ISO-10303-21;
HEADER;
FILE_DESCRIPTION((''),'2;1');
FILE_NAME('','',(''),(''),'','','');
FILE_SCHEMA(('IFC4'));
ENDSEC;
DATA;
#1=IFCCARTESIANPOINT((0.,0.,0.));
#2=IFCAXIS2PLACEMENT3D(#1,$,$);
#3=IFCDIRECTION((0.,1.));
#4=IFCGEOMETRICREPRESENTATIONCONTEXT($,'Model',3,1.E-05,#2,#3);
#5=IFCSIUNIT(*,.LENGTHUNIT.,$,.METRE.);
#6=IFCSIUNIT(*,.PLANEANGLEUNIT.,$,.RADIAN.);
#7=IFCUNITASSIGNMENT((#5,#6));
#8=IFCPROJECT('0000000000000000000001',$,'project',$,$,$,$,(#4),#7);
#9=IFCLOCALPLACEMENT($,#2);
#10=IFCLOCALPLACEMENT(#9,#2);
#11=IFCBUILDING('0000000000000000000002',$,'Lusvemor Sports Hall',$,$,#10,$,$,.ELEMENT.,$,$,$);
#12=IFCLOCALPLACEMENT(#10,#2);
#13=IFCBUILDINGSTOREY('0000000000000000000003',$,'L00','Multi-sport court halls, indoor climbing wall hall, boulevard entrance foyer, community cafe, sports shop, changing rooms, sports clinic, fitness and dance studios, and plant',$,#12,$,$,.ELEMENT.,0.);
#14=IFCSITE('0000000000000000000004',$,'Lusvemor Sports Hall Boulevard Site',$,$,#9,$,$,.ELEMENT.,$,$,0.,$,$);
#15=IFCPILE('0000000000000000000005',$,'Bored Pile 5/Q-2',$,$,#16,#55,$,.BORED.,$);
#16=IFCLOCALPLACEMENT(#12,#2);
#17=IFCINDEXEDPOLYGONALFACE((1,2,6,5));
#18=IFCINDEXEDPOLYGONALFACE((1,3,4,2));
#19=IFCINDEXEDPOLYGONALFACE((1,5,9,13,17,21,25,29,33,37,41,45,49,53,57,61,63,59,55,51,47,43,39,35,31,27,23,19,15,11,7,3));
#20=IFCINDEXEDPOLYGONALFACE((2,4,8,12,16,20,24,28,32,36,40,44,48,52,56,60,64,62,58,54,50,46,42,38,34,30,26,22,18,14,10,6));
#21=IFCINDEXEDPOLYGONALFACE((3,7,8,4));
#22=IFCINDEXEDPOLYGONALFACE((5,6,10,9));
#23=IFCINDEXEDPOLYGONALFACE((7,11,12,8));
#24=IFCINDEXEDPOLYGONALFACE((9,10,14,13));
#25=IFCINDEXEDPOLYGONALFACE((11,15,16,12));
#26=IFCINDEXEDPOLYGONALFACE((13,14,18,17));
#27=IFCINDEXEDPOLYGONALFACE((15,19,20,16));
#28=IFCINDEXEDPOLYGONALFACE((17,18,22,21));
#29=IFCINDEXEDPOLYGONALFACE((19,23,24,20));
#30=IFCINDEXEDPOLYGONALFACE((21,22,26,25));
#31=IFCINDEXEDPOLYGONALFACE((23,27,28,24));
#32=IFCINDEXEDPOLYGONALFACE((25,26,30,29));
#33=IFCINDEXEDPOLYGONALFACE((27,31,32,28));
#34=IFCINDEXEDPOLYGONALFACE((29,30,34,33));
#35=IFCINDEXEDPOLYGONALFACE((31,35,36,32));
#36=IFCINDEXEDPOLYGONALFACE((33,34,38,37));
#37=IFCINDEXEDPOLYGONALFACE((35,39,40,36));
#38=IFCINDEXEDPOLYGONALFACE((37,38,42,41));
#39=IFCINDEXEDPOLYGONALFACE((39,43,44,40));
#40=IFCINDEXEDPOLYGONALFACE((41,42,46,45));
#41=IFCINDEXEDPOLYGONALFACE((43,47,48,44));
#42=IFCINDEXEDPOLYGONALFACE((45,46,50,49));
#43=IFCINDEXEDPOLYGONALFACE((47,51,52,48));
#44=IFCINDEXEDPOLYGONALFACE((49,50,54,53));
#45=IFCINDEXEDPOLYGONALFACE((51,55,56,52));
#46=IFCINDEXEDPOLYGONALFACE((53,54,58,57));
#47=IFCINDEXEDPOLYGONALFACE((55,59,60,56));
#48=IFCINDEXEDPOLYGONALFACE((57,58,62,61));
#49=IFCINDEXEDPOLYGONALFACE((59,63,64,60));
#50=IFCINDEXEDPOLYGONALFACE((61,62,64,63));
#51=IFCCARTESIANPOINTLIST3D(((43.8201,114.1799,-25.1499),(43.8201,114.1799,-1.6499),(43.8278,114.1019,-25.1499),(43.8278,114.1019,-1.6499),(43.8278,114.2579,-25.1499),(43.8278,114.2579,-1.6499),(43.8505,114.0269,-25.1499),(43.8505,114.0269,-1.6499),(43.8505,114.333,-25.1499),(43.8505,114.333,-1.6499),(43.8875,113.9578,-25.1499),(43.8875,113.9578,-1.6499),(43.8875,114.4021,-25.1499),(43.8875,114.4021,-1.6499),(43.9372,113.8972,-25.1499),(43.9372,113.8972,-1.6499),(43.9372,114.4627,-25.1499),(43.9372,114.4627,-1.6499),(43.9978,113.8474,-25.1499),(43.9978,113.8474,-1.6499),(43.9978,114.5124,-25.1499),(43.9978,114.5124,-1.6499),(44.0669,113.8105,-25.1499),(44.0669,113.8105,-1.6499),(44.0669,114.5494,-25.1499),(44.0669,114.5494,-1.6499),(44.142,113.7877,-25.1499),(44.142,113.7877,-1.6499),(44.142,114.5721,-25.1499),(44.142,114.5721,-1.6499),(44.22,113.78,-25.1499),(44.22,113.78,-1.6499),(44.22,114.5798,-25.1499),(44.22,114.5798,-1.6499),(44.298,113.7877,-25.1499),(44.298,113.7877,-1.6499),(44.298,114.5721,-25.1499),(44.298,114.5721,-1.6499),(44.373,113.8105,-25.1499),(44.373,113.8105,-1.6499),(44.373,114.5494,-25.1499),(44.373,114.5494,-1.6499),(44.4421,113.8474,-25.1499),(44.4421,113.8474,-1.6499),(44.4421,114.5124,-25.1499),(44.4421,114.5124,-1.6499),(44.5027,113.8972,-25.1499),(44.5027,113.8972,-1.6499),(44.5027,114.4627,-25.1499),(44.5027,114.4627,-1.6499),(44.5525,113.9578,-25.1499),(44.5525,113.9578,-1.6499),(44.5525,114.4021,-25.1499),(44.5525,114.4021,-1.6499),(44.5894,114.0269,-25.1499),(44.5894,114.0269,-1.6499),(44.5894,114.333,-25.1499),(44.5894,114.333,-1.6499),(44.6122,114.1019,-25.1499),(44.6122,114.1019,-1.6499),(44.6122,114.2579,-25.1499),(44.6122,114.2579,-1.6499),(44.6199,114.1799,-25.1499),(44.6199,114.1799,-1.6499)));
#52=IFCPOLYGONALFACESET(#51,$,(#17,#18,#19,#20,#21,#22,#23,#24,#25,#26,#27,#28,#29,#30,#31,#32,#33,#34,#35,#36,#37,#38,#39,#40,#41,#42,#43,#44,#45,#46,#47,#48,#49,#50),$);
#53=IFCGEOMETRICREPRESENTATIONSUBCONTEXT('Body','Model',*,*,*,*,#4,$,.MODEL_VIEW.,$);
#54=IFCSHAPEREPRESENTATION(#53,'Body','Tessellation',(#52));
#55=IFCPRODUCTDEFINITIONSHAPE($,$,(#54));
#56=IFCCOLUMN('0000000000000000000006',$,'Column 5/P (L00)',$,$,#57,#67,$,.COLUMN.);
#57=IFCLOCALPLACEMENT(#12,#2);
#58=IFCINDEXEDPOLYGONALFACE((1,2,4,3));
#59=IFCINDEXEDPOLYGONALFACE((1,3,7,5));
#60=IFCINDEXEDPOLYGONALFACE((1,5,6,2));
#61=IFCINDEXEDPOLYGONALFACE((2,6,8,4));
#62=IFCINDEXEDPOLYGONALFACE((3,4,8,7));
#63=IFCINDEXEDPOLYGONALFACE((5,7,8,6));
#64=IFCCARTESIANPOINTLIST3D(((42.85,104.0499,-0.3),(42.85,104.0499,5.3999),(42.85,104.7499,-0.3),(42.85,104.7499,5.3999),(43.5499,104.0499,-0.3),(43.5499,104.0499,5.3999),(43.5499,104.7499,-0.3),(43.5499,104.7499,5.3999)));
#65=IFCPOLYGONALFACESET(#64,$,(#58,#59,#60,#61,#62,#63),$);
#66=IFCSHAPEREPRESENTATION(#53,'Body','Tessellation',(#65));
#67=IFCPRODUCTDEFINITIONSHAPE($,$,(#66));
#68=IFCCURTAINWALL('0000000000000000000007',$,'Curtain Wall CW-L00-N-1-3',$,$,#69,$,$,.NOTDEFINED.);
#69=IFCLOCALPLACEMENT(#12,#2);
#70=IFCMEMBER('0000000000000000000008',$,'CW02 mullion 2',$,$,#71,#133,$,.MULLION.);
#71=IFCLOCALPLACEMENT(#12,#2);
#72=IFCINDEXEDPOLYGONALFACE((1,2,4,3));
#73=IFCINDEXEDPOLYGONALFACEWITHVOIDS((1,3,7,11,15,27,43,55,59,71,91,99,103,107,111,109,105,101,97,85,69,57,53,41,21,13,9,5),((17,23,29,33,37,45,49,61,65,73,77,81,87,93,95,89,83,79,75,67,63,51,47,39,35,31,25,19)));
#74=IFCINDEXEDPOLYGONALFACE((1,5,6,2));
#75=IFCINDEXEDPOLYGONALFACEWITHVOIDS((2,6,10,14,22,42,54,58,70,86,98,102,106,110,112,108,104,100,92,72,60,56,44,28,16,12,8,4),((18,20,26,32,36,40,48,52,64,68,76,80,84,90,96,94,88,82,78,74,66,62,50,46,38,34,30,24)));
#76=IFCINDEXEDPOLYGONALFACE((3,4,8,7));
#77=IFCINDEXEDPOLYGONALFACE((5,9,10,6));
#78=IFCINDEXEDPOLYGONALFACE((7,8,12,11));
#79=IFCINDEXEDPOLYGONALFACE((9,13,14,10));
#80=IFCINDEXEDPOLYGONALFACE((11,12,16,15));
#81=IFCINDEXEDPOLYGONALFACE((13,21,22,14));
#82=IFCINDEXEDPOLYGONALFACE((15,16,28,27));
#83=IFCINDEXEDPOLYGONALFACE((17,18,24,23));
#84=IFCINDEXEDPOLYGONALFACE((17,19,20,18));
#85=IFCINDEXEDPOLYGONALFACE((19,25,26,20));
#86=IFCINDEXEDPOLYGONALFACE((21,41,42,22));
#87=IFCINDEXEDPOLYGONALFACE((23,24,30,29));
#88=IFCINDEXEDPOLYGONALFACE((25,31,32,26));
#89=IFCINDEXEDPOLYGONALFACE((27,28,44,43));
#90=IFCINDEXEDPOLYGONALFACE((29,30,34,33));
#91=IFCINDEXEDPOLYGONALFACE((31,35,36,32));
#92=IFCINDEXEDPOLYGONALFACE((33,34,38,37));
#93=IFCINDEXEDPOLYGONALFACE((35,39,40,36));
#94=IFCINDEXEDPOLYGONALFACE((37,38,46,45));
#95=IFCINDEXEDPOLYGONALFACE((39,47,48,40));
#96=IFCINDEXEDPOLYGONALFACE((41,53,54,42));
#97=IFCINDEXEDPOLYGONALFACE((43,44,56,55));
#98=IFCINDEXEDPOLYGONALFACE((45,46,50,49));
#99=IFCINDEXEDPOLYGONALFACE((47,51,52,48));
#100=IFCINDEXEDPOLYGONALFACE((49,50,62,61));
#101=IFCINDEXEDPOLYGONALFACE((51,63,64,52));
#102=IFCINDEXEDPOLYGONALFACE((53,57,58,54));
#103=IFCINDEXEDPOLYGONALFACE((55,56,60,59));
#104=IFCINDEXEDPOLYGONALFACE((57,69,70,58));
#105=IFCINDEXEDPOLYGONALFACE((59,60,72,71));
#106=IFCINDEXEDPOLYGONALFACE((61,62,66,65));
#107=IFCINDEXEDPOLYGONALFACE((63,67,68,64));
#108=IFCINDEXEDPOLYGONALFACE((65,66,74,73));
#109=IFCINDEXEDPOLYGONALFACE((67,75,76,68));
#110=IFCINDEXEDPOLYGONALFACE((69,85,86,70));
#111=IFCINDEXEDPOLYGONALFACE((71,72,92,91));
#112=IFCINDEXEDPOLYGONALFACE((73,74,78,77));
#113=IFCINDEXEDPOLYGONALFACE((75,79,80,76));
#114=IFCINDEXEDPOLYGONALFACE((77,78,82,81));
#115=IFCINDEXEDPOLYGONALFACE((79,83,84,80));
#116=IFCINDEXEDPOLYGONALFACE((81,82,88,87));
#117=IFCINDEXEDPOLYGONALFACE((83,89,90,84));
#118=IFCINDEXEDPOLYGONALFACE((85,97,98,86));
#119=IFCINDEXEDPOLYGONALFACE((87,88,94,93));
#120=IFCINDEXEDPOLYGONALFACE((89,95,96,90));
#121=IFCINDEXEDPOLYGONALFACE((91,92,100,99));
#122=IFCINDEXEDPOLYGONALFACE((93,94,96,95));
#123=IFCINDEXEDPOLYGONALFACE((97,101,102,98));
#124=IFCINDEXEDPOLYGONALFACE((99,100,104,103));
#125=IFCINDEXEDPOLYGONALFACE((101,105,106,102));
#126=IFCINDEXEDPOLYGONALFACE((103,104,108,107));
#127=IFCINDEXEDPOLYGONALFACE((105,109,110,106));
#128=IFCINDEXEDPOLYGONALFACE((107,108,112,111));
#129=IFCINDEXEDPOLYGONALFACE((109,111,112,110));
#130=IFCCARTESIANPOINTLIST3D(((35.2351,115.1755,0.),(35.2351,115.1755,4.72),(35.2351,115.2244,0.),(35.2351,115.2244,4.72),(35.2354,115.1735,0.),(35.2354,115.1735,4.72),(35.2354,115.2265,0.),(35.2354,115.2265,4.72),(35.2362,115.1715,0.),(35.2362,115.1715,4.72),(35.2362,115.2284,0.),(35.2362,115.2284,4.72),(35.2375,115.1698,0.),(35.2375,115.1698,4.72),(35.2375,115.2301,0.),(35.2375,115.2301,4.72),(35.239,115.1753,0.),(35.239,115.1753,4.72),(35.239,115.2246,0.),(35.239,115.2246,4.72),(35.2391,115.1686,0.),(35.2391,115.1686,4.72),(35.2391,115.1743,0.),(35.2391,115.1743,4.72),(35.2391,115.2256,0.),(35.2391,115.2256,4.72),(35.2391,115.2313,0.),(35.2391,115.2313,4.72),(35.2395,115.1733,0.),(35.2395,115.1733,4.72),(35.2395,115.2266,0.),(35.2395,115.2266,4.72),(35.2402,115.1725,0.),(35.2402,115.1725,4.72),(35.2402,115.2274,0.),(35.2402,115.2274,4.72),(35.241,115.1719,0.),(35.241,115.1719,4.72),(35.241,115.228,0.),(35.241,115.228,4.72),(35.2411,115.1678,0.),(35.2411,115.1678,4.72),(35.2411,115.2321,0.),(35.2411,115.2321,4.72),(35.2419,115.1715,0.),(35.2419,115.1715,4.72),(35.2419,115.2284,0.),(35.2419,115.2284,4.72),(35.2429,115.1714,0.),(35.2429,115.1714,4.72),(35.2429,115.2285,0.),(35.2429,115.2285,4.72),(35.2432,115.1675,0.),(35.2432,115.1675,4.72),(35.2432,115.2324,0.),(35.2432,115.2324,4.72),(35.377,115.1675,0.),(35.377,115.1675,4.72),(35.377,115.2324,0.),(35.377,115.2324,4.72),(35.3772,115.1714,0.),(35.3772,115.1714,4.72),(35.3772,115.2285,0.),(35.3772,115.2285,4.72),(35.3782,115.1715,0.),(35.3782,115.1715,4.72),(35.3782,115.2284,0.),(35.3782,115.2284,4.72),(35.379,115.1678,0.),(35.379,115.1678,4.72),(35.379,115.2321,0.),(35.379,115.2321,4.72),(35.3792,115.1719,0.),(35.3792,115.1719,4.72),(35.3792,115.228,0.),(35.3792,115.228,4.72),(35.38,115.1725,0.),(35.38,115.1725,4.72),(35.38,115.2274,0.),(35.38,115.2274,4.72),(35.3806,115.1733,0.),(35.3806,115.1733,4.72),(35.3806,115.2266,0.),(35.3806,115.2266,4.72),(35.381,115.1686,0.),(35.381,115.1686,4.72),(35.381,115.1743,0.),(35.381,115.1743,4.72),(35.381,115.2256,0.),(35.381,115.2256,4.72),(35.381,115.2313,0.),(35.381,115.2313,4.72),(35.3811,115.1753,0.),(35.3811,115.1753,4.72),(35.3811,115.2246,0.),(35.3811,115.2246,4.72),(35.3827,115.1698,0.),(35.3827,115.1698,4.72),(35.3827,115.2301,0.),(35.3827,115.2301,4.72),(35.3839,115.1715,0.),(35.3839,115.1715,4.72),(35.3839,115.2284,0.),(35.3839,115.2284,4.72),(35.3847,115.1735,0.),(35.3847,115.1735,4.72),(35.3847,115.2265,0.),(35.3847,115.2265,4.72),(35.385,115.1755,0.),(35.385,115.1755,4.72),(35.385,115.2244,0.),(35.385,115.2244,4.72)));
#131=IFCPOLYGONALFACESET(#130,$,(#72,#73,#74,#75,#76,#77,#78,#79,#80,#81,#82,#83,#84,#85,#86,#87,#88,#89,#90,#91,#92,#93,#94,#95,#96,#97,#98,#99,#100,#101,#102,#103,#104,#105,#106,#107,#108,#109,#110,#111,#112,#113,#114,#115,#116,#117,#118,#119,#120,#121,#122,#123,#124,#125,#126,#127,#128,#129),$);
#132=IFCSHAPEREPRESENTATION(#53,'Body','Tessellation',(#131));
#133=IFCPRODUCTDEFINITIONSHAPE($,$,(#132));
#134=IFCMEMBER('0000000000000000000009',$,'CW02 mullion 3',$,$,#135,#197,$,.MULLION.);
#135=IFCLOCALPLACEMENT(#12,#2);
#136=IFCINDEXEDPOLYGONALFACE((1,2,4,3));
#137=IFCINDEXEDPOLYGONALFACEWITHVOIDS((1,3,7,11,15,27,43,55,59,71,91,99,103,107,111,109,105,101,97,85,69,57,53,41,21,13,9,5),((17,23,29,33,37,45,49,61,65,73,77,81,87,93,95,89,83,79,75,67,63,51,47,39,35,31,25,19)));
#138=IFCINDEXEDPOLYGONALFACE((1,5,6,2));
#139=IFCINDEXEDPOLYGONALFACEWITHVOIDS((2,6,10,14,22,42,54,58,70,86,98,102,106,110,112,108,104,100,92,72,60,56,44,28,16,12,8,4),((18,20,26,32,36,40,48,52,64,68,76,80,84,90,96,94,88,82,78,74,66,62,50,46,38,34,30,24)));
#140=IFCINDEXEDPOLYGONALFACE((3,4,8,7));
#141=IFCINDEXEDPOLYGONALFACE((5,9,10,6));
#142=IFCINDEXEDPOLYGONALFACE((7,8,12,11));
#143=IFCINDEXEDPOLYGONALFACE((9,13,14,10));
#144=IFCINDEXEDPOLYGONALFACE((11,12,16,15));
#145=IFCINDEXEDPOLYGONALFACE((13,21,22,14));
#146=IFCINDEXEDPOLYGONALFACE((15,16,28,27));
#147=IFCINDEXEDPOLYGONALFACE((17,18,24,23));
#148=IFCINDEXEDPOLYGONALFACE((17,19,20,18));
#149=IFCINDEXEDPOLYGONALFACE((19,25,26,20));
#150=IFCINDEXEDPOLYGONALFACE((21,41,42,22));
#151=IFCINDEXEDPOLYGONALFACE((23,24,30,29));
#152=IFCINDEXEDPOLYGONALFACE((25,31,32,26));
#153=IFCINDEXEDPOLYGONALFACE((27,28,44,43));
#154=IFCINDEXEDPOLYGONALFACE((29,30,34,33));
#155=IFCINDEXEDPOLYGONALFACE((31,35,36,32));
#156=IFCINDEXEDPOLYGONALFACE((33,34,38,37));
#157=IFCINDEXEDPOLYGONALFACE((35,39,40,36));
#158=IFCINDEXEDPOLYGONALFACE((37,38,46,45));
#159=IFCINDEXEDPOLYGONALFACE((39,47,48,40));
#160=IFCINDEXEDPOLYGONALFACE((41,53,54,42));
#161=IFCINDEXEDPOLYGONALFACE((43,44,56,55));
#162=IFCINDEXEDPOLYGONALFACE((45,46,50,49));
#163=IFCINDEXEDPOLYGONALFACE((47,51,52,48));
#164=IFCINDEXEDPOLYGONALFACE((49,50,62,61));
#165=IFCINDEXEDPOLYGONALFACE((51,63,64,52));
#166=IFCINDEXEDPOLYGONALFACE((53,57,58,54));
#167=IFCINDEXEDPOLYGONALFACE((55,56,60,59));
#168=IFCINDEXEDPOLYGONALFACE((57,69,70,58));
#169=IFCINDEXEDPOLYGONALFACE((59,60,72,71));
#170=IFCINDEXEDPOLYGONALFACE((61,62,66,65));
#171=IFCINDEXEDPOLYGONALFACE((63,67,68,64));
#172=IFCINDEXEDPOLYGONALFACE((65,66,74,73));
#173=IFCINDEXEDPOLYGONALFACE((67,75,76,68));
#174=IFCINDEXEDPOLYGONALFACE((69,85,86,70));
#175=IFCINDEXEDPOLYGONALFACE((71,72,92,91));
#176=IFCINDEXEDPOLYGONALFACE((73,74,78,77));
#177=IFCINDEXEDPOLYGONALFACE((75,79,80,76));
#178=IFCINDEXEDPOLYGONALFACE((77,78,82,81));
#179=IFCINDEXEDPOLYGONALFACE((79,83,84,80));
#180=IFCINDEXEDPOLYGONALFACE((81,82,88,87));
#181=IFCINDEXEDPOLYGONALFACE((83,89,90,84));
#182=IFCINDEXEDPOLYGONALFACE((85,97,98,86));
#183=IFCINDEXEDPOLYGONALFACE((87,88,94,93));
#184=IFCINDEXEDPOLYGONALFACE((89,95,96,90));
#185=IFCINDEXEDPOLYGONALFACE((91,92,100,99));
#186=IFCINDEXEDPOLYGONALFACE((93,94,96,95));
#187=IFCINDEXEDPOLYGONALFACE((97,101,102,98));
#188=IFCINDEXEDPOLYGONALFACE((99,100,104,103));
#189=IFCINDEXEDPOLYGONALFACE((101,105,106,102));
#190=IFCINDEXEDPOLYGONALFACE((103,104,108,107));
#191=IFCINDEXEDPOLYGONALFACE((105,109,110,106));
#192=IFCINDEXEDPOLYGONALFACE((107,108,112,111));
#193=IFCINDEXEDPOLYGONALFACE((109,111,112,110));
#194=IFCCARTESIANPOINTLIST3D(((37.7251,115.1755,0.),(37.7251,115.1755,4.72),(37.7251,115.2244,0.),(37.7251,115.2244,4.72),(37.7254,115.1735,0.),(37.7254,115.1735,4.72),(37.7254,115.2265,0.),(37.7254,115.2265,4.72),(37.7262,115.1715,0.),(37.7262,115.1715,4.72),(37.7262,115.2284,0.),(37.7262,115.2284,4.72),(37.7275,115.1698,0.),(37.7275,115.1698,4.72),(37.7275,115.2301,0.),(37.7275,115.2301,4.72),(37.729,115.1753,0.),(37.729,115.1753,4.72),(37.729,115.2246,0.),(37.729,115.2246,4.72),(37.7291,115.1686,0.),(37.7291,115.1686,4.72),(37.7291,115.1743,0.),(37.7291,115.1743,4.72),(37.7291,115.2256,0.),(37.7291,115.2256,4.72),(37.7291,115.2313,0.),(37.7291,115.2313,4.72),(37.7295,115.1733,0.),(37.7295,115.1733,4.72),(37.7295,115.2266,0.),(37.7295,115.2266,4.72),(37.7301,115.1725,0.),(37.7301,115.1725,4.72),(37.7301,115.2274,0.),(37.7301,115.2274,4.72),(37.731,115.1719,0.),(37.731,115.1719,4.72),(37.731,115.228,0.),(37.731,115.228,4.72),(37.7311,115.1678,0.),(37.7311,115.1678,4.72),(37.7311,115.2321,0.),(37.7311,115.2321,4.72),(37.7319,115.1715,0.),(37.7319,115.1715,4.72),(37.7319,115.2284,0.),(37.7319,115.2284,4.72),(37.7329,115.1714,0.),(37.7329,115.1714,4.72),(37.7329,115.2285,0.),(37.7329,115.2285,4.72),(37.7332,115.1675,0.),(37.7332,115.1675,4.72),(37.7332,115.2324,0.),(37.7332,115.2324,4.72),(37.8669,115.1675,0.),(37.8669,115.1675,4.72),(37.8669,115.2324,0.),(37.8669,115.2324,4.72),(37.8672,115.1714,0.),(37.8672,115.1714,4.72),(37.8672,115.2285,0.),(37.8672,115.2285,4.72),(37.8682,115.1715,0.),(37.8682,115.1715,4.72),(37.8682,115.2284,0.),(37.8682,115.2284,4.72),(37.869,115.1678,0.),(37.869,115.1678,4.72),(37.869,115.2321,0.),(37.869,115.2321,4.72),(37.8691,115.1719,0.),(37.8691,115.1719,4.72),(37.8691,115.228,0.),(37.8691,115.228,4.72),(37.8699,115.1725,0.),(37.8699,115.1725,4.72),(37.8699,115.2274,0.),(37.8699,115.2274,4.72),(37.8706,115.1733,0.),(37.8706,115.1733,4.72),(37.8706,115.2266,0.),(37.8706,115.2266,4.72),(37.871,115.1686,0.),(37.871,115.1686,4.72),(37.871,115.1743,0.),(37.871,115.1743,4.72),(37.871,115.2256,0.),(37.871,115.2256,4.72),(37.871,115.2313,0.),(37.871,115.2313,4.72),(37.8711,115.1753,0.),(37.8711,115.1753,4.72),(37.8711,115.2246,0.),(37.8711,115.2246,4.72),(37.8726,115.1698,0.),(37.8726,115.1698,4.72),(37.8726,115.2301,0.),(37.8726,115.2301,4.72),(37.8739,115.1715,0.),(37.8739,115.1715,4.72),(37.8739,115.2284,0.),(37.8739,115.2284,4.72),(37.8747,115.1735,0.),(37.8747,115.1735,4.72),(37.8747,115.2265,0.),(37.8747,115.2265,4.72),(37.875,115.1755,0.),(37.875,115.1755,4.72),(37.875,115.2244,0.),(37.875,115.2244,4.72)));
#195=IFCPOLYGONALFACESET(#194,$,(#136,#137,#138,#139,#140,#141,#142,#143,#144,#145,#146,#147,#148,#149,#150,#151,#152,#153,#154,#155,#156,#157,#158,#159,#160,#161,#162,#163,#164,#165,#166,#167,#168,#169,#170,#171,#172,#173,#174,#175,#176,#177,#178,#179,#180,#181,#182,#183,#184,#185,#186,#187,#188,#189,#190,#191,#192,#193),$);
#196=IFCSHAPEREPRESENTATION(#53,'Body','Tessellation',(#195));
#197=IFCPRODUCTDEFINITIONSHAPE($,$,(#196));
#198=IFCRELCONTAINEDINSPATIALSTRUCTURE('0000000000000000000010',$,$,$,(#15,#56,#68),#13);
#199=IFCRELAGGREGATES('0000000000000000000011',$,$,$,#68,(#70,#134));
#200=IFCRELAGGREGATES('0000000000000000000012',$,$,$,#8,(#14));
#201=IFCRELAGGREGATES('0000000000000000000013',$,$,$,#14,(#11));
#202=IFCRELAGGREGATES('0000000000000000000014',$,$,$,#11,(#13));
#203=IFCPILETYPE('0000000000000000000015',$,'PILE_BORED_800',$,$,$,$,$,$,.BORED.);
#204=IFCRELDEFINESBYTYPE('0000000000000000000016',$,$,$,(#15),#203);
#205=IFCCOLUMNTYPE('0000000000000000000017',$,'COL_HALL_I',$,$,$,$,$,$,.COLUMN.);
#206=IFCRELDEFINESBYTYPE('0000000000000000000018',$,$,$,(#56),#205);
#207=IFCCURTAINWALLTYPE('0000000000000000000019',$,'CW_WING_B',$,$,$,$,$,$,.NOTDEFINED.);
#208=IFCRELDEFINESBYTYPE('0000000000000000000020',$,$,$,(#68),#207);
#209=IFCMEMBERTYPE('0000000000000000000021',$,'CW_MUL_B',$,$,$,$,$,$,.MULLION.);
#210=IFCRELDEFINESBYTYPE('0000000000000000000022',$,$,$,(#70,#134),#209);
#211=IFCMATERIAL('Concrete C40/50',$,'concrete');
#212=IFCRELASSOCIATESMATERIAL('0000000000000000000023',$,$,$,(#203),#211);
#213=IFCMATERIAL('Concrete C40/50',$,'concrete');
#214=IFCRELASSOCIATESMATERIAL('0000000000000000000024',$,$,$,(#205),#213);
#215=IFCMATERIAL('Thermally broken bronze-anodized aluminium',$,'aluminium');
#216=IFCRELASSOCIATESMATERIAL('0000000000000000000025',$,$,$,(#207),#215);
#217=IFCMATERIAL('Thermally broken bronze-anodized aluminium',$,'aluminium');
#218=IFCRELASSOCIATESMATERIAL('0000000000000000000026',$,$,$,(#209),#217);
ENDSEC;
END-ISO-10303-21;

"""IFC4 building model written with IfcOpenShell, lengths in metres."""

from ifc_helpers import new_model, si_unit, direction, frame, origin, origin_2d, place, context, subcontext, project, spatial, rectangle, hollow_rectangle, circle, extrude, material, material_profile, profile_set, type_object, element, aggregate, save


model = new_model("IFC4")

# Units and contexts
model_context = context("Model", 3, precision=1e-05, world=origin(), true_north=direction((0.0, 1.0)))
body_context = subcontext(model_context, "Body", "Model", "MODEL_VIEW")
ifc_project = project(units=[si_unit("LENGTHUNIT", "METRE"), si_unit("PLANEANGLEUNIT", "RADIAN")], contexts=[model_context])

# Site, building, storey
site_placement = place(None, origin())
site = spatial("IfcSite", under=ifc_project, at=site_placement, Name="Lusvemor Sports Hall Boulevard Site", CompositionType="ELEMENT", RefElevation=0.0)
building_placement = place(site_placement, origin())
building = spatial("IfcBuilding", under=site, at=building_placement, Name="Lusvemor Sports Hall", CompositionType="ELEMENT")
storey_placement = place(building_placement, origin())
storey = spatial("IfcBuildingStorey", under=building, at=storey_placement, Name="L00", Description="Multi-sport court halls, indoor climbing wall hall, boulevard entrance foyer, community cafe, sports shop, changing rooms, sports clinic, fitness and dance studios, and plant", CompositionType="ELEMENT", Elevation=0.0)

# Pile
ifc_material_1 = material(Name="Concrete C40/50", Category="concrete")
ifc_material_profile_1 = material_profile(ifc_material_1, circle(Radius=0.3999, at=origin_2d()), Name="PILE800")
ifc_profile_set_1 = profile_set([ifc_material_profile_1], Name="Concrete C40/50")
pile_type = type_object("IfcPileType", Name="PILE_BORED_800", PredefinedType="BORED", material=ifc_profile_set_1)
for number, where, z_axis, x_axis, name in (
    (1, (44.22, 114.1799, -1.6499), (0.0, 0.0, -1.0), (1.0, 0.0, 0.0), "Bored Pile 5/Q-2"),
):
    element("IfcPile", number, at=place(storey_placement, frame(where, z_axis=z_axis, x_axis=x_axis)), inside=storey, type_object=pile_type, Name=name, PredefinedType="BORED", context=body_context, shape_type="SweptSolid", body=[
        extrude(circle(Radius=0.3999, at=origin_2d()), origin(), (0.0, 0.0, 1.0), 23.5),
    ])

# Column
ifc_material_2 = material(Name="Concrete C40/50", Category="concrete")
ifc_material_profile_2 = material_profile(ifc_material_2, rectangle(XDim=0.7, YDim=0.7, at=origin_2d()), Name="RC700x700")
ifc_profile_set_2 = profile_set([ifc_material_profile_2], Name="Concrete C40/50")
column_type = type_object("IfcColumnType", Name="COL_HALL_I", PredefinedType="COLUMN", material=ifc_profile_set_2)
column_placement = place(storey_placement, frame((43.2, 104.3999, -0.3), z_axis=(0.0, 0.0, 1.0), x_axis=(1.0, 0.0, 0.0)))
element("IfcColumn", 2, at=column_placement, inside=storey, type_object=column_type, Name="Column 5/P (L00)", PredefinedType="COLUMN", context=body_context, shape_type="SweptSolid", body=[
    extrude(rectangle(XDim=0.7, YDim=0.7, at=origin_2d()), origin(), (0.0, 0.0, 1.0), 5.7),
])

# Curtain wall, members
ifc_material_3 = material(Name="Thermally broken bronze-anodized aluminium", Category="aluminium")
curtain_wall_type = type_object("IfcCurtainWallType", Name="CW_WING_B", PredefinedType="NOTDEFINED", material=ifc_material_3)
curtain_wall_placement = place(storey_placement, origin())
curtain_wall = element("IfcCurtainWall", 3, at=curtain_wall_placement, inside=storey, type_object=curtain_wall_type, Name="Curtain Wall CW-L00-N-1-3", PredefinedType="NOTDEFINED")
ifc_material_4 = material(Name="Thermally broken bronze-anodized aluminium", Category="aluminium")
ifc_material_profile_3 = material_profile(ifc_material_4, hollow_rectangle(XDim=0.0649, YDim=0.1499, WallThickness=0.0039, InnerFilletRadius=0.0039, OuterFilletRadius=0.0081, at=origin_2d()), Name="CWMUL150x65x4")
ifc_profile_set_3 = profile_set([ifc_material_profile_3], Name="Thermally broken bronze-anodized aluminium")
member_type_1 = type_object("IfcMemberType", Name="CW_MUL_B", PredefinedType="MULLION", material=ifc_profile_set_3)
member_1_placement = place(storey_placement, frame((35.3101, 115.2, 0.0), z_axis=(0.0, 0.0, 1.0), x_axis=(0.0, 1.0, 0.0)))
member_1 = element("IfcMember", 4, at=member_1_placement, type_object=member_type_1, Name="CW02 mullion 2", PredefinedType="MULLION", context=body_context, shape_type="SweptSolid", body=[
    extrude(hollow_rectangle(XDim=0.0649, YDim=0.1499, WallThickness=0.0039, InnerFilletRadius=0.0039, OuterFilletRadius=0.0081, at=origin_2d()), origin(), (0.0, 0.0, 1.0), 4.72),
])
member_2_placement = place(storey_placement, frame((37.8, 115.2, 0.0), z_axis=(0.0, 0.0, 1.0), x_axis=(0.0, 1.0, 0.0)))
member_2 = element("IfcMember", 5, at=member_2_placement, type_object=member_type_1, Name="CW02 mullion 3", PredefinedType="MULLION", context=body_context, shape_type="SweptSolid", body=[
    extrude(hollow_rectangle(XDim=0.0649, YDim=0.1499, WallThickness=0.0039, InnerFilletRadius=0.0039, OuterFilletRadius=0.0081, at=origin_2d()), origin(), (0.0, 0.0, 1.0), 4.72),
])
aggregate(curtain_wall, [member_1, member_2])

save(model, "model.ifc")
